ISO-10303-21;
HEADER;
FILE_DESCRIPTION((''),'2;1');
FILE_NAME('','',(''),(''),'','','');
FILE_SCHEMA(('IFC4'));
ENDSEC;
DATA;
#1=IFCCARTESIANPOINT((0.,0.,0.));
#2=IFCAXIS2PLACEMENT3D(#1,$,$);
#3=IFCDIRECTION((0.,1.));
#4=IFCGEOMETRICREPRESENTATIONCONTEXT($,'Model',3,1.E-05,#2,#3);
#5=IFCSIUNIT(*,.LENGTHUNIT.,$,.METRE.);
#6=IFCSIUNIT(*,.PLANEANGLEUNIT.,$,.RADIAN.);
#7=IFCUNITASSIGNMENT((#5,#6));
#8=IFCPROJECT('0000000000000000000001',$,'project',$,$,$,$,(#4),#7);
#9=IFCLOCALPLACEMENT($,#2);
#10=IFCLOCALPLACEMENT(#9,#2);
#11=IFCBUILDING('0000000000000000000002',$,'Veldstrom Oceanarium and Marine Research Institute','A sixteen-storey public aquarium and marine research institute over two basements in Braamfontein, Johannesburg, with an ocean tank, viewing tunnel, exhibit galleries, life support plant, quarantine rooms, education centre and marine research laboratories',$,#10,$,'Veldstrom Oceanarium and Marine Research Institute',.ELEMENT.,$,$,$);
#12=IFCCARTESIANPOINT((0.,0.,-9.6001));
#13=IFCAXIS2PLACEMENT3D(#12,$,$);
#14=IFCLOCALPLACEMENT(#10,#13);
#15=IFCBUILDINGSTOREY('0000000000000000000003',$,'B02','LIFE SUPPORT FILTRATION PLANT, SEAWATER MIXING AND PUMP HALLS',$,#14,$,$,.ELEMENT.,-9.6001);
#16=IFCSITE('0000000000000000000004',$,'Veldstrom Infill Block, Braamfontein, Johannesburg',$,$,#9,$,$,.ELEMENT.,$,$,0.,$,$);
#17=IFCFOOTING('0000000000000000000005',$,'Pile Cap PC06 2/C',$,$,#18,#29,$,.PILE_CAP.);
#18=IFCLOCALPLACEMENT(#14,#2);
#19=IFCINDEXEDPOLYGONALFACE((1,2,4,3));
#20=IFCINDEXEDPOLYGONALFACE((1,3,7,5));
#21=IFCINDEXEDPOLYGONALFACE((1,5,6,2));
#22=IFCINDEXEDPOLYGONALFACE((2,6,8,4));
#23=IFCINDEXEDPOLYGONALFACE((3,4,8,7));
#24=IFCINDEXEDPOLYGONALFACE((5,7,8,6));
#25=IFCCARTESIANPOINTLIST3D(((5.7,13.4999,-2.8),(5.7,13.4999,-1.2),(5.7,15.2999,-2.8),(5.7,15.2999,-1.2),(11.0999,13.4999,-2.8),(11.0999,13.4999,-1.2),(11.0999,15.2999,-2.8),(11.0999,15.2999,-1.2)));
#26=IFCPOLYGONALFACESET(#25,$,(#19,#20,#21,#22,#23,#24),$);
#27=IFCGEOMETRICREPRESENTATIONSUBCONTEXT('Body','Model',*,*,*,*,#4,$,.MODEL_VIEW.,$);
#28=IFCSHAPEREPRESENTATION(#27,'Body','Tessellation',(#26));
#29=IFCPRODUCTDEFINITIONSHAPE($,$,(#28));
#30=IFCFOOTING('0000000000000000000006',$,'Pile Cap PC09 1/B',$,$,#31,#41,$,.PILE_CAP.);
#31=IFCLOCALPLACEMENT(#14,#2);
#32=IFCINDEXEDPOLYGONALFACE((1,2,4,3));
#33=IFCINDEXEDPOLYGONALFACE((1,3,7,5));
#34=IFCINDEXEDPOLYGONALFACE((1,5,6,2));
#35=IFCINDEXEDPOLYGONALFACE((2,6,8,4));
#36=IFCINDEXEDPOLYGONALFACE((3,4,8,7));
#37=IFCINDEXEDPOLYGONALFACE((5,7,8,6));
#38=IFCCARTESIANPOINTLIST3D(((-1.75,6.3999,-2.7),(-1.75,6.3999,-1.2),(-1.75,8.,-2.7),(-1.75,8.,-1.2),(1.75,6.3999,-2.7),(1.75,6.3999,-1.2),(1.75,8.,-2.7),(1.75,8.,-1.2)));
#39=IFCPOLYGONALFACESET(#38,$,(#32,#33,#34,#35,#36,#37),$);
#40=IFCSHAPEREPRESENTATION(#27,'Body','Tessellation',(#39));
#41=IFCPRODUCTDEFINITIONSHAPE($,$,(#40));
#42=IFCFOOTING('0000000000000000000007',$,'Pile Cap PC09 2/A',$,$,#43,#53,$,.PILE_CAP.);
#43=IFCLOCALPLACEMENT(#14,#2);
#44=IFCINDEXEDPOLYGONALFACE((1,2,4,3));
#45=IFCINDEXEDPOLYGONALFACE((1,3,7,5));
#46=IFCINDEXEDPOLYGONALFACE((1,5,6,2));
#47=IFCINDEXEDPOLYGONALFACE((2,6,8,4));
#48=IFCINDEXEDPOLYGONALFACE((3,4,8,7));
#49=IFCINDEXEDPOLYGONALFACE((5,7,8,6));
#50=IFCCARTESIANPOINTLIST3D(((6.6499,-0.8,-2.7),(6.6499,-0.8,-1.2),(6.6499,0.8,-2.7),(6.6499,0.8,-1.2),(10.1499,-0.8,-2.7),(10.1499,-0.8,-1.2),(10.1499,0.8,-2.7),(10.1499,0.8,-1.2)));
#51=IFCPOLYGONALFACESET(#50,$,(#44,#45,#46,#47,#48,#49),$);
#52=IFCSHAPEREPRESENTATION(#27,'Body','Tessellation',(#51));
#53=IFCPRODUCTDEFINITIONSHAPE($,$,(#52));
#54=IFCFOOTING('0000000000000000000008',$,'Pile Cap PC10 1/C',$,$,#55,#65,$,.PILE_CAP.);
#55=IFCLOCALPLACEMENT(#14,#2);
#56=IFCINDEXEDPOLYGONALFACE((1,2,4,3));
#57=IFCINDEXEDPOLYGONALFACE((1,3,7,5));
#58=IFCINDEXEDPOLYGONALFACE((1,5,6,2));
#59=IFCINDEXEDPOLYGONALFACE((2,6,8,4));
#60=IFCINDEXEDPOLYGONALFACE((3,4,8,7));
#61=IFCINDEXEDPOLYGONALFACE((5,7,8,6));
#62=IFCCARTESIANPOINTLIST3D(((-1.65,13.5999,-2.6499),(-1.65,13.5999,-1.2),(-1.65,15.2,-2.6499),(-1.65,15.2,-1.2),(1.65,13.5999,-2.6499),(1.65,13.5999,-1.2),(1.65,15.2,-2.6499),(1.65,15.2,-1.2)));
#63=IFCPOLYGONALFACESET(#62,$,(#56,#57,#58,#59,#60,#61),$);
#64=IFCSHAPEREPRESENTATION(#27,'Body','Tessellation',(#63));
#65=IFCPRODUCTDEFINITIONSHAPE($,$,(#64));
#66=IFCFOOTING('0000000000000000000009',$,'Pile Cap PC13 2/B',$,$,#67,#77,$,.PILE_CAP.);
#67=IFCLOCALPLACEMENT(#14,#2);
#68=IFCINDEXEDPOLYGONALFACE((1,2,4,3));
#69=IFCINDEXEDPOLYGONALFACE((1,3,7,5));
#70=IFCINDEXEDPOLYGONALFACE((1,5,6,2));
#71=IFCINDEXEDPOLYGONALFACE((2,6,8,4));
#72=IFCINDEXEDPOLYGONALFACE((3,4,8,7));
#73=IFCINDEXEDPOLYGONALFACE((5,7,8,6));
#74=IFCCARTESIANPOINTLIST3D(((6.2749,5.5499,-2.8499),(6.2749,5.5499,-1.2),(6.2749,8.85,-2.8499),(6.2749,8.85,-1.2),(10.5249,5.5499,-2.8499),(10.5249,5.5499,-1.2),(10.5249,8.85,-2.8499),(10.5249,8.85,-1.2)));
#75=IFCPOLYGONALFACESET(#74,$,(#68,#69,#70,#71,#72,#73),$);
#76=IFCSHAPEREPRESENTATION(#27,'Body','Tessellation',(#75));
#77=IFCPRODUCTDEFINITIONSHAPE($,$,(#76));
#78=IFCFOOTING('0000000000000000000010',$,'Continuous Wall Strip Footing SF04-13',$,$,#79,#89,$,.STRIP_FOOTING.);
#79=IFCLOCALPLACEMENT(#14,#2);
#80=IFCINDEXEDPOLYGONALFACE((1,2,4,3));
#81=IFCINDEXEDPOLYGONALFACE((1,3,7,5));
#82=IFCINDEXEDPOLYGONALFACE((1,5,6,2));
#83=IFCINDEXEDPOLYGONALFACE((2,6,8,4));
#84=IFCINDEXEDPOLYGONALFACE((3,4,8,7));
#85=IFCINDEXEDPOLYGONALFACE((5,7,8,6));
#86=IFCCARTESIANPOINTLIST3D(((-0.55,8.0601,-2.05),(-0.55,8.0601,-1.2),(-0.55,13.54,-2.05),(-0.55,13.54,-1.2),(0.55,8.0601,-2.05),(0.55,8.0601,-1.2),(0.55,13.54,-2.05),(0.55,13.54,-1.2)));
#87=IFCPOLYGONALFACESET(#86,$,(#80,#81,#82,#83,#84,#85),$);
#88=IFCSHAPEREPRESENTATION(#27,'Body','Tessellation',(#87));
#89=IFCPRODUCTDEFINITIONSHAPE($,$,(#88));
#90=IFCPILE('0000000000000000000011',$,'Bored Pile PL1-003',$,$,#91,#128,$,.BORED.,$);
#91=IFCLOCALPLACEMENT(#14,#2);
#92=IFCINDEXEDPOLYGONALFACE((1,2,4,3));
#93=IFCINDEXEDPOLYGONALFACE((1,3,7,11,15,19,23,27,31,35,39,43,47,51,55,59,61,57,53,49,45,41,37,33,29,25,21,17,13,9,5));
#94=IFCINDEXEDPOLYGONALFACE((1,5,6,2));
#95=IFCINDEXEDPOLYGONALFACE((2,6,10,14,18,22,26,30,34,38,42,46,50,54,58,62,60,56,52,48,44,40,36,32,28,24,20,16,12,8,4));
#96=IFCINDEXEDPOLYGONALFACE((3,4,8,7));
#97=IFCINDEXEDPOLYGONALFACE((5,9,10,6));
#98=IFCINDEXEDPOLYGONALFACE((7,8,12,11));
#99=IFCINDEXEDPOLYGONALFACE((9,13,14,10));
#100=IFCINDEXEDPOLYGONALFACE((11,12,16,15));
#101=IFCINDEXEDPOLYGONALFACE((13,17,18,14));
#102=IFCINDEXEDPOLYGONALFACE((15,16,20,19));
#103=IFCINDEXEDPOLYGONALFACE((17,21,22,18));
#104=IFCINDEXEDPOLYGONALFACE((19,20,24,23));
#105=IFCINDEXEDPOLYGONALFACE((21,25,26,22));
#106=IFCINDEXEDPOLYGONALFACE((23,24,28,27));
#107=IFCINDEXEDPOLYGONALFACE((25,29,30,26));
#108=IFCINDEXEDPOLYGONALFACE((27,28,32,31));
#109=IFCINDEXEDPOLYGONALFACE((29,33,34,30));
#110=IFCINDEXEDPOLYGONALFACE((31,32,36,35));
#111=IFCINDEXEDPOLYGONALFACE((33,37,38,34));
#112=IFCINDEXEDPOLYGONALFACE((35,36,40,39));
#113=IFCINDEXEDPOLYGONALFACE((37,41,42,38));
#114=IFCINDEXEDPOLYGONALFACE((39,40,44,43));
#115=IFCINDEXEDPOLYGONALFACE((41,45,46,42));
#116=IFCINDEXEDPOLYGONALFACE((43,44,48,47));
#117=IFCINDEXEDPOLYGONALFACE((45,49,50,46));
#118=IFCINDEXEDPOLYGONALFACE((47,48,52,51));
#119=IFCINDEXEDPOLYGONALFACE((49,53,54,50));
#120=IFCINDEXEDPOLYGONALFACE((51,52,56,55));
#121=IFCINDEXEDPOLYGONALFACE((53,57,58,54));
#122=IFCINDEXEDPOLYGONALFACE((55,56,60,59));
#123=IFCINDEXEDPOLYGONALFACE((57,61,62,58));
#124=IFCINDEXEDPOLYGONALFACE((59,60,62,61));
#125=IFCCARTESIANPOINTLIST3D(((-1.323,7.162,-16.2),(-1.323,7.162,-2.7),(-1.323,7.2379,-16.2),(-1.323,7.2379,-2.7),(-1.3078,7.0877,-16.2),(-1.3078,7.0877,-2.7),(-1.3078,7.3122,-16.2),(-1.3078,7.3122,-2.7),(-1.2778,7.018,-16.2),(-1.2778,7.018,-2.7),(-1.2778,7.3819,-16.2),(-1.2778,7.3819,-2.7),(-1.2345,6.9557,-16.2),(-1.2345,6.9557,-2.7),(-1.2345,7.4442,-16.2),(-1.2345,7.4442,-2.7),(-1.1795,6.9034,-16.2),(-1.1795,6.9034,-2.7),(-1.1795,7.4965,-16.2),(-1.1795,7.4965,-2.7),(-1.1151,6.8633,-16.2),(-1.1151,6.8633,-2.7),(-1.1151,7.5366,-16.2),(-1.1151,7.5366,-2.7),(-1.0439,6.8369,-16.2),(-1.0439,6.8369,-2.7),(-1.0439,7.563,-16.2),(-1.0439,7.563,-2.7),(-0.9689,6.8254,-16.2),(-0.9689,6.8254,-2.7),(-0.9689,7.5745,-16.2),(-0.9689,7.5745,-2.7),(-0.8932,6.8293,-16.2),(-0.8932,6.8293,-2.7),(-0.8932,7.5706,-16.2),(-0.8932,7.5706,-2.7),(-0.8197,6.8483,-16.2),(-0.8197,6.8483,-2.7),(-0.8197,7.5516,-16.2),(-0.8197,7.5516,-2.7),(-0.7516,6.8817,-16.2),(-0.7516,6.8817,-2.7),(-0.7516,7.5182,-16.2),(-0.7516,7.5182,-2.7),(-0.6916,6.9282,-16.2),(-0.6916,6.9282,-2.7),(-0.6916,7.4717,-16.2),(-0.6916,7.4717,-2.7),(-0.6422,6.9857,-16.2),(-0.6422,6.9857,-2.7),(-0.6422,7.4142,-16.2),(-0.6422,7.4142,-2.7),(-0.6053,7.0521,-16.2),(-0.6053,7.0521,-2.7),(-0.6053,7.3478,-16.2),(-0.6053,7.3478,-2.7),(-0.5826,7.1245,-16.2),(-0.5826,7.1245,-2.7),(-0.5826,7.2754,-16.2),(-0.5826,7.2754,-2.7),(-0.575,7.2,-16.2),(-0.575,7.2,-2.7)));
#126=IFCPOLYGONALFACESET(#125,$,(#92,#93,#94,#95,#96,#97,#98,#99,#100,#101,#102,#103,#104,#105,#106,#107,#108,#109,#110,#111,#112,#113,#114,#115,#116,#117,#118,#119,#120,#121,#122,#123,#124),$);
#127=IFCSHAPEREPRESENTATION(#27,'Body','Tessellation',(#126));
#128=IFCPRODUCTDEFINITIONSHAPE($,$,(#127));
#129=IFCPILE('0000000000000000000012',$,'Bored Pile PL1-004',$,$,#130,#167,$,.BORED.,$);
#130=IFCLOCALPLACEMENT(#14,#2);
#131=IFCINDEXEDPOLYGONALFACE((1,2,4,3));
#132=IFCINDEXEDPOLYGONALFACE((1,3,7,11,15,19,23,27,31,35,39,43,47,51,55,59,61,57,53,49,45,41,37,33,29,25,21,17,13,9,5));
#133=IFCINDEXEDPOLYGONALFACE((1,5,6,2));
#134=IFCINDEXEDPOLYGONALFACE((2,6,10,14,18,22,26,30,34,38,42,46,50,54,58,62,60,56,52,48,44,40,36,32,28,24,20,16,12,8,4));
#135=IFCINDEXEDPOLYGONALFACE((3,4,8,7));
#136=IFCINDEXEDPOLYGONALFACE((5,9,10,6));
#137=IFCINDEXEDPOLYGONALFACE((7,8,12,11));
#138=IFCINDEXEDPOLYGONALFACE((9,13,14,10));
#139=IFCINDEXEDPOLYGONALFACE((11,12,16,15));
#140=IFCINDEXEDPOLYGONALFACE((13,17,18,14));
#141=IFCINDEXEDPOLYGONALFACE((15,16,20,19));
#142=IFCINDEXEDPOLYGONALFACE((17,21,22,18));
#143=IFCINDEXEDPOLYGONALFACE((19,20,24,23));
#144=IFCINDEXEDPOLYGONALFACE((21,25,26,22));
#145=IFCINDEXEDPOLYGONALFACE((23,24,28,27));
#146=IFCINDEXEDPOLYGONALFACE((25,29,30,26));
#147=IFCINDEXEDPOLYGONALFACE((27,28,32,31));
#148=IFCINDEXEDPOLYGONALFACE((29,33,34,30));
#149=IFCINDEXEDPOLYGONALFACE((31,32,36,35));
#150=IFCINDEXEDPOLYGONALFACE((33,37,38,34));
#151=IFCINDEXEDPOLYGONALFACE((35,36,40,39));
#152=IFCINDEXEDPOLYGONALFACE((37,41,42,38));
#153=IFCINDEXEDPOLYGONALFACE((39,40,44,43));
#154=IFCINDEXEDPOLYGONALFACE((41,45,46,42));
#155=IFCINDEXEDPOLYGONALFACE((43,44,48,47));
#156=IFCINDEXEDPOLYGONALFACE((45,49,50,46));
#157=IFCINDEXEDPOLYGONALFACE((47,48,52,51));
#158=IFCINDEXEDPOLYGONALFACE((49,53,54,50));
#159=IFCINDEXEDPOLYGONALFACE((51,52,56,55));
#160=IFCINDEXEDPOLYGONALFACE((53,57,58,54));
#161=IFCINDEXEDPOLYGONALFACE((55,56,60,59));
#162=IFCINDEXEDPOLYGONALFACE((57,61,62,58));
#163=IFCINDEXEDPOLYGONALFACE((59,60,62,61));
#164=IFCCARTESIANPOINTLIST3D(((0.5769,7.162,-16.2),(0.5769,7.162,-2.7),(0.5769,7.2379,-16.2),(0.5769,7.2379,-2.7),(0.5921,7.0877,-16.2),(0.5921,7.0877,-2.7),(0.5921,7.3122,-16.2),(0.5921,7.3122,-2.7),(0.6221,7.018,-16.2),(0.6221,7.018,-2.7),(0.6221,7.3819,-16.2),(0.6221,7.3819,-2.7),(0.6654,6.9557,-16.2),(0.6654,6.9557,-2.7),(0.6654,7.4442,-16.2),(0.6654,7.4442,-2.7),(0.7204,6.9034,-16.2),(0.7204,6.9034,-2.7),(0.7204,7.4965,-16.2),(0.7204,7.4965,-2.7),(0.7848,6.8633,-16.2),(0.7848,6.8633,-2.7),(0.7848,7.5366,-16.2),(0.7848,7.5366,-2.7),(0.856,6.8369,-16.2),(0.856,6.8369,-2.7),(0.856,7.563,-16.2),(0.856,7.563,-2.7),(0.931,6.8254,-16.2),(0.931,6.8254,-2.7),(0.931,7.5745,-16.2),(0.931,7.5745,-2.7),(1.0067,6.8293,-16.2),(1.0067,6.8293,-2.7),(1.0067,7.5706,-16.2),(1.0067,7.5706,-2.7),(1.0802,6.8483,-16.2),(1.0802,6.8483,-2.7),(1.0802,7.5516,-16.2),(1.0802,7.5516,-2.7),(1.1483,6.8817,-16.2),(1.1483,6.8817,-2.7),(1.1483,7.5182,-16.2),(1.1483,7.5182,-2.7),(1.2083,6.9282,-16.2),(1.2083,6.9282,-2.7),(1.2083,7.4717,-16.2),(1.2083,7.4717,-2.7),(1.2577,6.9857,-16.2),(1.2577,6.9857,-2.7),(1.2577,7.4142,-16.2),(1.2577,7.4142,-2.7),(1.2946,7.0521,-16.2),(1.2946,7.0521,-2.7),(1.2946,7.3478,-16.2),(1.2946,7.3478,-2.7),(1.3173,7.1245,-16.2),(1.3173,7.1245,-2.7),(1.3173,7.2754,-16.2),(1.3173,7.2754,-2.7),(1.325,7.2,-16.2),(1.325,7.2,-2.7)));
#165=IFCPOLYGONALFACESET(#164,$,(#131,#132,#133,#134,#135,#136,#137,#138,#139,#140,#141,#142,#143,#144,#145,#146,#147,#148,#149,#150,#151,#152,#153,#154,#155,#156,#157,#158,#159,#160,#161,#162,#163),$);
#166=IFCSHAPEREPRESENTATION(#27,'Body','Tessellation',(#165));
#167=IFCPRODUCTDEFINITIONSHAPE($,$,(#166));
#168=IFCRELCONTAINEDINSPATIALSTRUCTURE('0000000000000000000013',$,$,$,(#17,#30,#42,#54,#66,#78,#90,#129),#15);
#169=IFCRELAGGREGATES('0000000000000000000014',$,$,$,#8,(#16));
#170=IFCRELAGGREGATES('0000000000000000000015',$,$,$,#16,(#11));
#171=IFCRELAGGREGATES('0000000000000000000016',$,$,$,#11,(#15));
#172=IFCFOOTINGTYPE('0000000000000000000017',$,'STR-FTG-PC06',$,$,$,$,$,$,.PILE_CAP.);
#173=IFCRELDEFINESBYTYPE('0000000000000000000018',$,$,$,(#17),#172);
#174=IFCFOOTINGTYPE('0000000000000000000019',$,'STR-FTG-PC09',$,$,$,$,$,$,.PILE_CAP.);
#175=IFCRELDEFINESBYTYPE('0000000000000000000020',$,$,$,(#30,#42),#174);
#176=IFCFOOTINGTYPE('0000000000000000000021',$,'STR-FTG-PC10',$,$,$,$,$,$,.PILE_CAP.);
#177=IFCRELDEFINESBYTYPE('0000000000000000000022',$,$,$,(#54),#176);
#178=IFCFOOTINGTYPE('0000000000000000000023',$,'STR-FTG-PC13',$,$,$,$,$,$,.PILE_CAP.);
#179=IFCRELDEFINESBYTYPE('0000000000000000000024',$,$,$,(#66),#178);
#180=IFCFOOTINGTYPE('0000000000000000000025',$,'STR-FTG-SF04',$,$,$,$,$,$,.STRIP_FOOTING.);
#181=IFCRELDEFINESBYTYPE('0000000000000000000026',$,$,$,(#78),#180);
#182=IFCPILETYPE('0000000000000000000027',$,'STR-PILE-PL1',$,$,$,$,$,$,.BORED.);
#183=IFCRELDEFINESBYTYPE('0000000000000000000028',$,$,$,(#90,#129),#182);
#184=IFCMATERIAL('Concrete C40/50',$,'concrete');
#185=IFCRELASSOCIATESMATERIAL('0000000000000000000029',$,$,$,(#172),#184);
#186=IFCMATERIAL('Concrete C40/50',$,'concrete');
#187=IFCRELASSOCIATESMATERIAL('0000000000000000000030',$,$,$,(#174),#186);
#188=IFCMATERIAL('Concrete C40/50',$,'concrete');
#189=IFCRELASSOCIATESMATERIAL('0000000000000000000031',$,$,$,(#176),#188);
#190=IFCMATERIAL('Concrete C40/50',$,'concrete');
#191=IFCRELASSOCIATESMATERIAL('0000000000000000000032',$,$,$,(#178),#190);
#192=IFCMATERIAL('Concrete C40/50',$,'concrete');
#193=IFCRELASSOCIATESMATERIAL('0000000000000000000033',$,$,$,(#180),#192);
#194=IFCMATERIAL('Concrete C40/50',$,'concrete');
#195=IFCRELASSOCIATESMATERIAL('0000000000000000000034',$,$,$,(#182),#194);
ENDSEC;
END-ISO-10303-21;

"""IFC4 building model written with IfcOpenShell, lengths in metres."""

from ifc_helpers import new_model, si_unit, direction, frame, origin, origin_2d, place, context, subcontext, project, spatial, rectangle, circle, extrude, material, material_profile, profile_set, type_object, element, save


model = new_model("IFC4")

# Units and contexts
model_context = context("Model", 3, precision=1e-05, world=origin(), true_north=direction((0.0, 1.0)))
body_context = subcontext(model_context, "Body", "Model", "MODEL_VIEW")
ifc_project = project(units=[si_unit("LENGTHUNIT", "METRE"), si_unit("PLANEANGLEUNIT", "RADIAN")], contexts=[model_context])

# Site, building, storey
site_placement = place(None, origin())
site = spatial("IfcSite", under=ifc_project, at=site_placement, Name="Veldstrom Infill Block, Braamfontein, Johannesburg", CompositionType="ELEMENT", RefElevation=0.0)
building_placement = place(site_placement, origin())
building = spatial("IfcBuilding", under=site, at=building_placement, Name="Veldstrom Oceanarium and Marine Research Institute", Description="A sixteen-storey public aquarium and marine research institute over two basements in Braamfontein, Johannesburg, with an ocean tank, viewing tunnel, exhibit galleries, life support plant, quarantine rooms, education centre and marine research laboratories", LongName="Veldstrom Oceanarium and Marine Research Institute", CompositionType="ELEMENT")
storey_placement = place(building_placement, frame((0.0, 0.0, -9.6001)))
storey = spatial("IfcBuildingStorey", under=building, at=storey_placement, Name="B02", Description="LIFE SUPPORT FILTRATION PLANT, SEAWATER MIXING AND PUMP HALLS", CompositionType="ELEMENT", Elevation=-9.6001)

# Footings
ifc_material_1 = material(Name="Concrete C40/50", Category="concrete")
footing_type_1 = type_object("IfcFootingType", Name="STR-FTG-PC06", PredefinedType="PILE_CAP", material=ifc_material_1)
footing_1_placement = place(storey_placement, frame((8.3999, 14.3999, -2.8), z_axis=(0.0, 0.0, 1.0), x_axis=(1.0, 0.0, 0.0)))
element("IfcFooting", 1, at=footing_1_placement, inside=storey, type_object=footing_type_1, Name="Pile Cap PC06 2/C", PredefinedType="PILE_CAP", context=body_context, shape_type="SweptSolid", body=[
    extrude(rectangle(XDim=5.3999, YDim=1.8, at=origin_2d()), origin(), (0.0, 0.0, 1.0), 1.6001),
])
ifc_material_2 = material(Name="Concrete C40/50", Category="concrete")
footing_type_2 = type_object("IfcFootingType", Name="STR-FTG-PC09", PredefinedType="PILE_CAP", material=ifc_material_2)
for number, where, z_axis, x_axis, name in (
    (2, (0.0, 7.2, -2.7), (0.0, 0.0, 1.0), (1.0, 0.0, 0.0), "Pile Cap PC09 1/B"),
    (3, (8.3999, 0.0, -2.7), (0.0, 0.0, 1.0), (1.0, 0.0, 0.0), "Pile Cap PC09 2/A"),
):
    element("IfcFooting", number, at=place(storey_placement, frame(where, z_axis=z_axis, x_axis=x_axis)), inside=storey, type_object=footing_type_2, Name=name, PredefinedType="PILE_CAP", context=body_context, shape_type="SweptSolid", body=[
        extrude(rectangle(XDim=3.5, YDim=1.6001, at=origin_2d()), origin(), (0.0, 0.0, 1.0), 1.5),
    ])
ifc_material_3 = material(Name="Concrete C40/50", Category="concrete")
footing_type_3 = type_object("IfcFootingType", Name="STR-FTG-PC10", PredefinedType="PILE_CAP", material=ifc_material_3)
footing_2_placement = place(storey_placement, frame((0.0, 14.3999, -2.6499), z_axis=(0.0, 0.0, 1.0), x_axis=(1.0, 0.0, 0.0)))
element("IfcFooting", 4, at=footing_2_placement, inside=storey, type_object=footing_type_3, Name="Pile Cap PC10 1/C", PredefinedType="PILE_CAP", context=body_context, shape_type="SweptSolid", body=[
    extrude(rectangle(XDim=3.3, YDim=1.6001, at=origin_2d()), origin(), (0.0, 0.0, 1.0), 1.45),
])
ifc_material_4 = material(Name="Concrete C40/50", Category="concrete")
footing_type_4 = type_object("IfcFootingType", Name="STR-FTG-PC13", PredefinedType="PILE_CAP", material=ifc_material_4)
footing_3_placement = place(storey_placement, frame((8.3999, 7.2, -2.8499), z_axis=(0.0, 0.0, 1.0), x_axis=(1.0, 0.0, 0.0)))
element("IfcFooting", 5, at=footing_3_placement, inside=storey, type_object=footing_type_4, Name="Pile Cap PC13 2/B", PredefinedType="PILE_CAP", context=body_context, shape_type="SweptSolid", body=[
    extrude(rectangle(XDim=4.25, YDim=3.3, at=origin_2d()), origin(), (0.0, 0.0, 1.0), 1.6499),
])
ifc_material_5 = material(Name="Concrete C40/50", Category="concrete")
footing_type_5 = type_object("IfcFootingType", Name="STR-FTG-SF04", PredefinedType="STRIP_FOOTING", material=ifc_material_5)
footing_4_placement = place(storey_placement, frame((0.0, 10.8, -2.05), z_axis=(0.0, 0.0, 1.0), x_axis=(0.0, 1.0, 0.0)))
element("IfcFooting", 6, at=footing_4_placement, inside=storey, type_object=footing_type_5, Name="Continuous Wall Strip Footing SF04-13", PredefinedType="STRIP_FOOTING", context=body_context, shape_type="SweptSolid", body=[
    extrude(rectangle(XDim=5.48, YDim=1.1001, at=origin_2d()), origin(), (0.0, 0.0, 1.0), 0.8501),
])

# Piles
ifc_material_6 = material(Name="Concrete C40/50", Category="concrete")
ifc_material_profile_1 = material_profile(ifc_material_6, circle(Radius=0.375, at=origin_2d()), Name="PILE-D750")
ifc_profile_set_1 = profile_set([ifc_material_profile_1], Name="Concrete C40/50")
pile_type = type_object("IfcPileType", Name="STR-PILE-PL1", PredefinedType="BORED", material=ifc_profile_set_1)
for number, where, z_axis, x_axis, name in (
    (7, (-0.95, 7.2, -2.7), (0.0, 0.0, -1.0), (1.0, 0.0, 0.0), "Bored Pile PL1-003"),
    (8, (0.95, 7.2, -2.7), (0.0, 0.0, -1.0), (1.0, 0.0, 0.0), "Bored Pile PL1-004"),
):
    element("IfcPile", number, at=place(storey_placement, frame(where, z_axis=z_axis, x_axis=x_axis)), inside=storey, type_object=pile_type, Name=name, PredefinedType="BORED", context=body_context, shape_type="SweptSolid", body=[
        extrude(circle(Radius=0.375, at=origin_2d()), origin(), (0.0, 0.0, 1.0), 13.5),
    ])

save(model, "model.ifc")
